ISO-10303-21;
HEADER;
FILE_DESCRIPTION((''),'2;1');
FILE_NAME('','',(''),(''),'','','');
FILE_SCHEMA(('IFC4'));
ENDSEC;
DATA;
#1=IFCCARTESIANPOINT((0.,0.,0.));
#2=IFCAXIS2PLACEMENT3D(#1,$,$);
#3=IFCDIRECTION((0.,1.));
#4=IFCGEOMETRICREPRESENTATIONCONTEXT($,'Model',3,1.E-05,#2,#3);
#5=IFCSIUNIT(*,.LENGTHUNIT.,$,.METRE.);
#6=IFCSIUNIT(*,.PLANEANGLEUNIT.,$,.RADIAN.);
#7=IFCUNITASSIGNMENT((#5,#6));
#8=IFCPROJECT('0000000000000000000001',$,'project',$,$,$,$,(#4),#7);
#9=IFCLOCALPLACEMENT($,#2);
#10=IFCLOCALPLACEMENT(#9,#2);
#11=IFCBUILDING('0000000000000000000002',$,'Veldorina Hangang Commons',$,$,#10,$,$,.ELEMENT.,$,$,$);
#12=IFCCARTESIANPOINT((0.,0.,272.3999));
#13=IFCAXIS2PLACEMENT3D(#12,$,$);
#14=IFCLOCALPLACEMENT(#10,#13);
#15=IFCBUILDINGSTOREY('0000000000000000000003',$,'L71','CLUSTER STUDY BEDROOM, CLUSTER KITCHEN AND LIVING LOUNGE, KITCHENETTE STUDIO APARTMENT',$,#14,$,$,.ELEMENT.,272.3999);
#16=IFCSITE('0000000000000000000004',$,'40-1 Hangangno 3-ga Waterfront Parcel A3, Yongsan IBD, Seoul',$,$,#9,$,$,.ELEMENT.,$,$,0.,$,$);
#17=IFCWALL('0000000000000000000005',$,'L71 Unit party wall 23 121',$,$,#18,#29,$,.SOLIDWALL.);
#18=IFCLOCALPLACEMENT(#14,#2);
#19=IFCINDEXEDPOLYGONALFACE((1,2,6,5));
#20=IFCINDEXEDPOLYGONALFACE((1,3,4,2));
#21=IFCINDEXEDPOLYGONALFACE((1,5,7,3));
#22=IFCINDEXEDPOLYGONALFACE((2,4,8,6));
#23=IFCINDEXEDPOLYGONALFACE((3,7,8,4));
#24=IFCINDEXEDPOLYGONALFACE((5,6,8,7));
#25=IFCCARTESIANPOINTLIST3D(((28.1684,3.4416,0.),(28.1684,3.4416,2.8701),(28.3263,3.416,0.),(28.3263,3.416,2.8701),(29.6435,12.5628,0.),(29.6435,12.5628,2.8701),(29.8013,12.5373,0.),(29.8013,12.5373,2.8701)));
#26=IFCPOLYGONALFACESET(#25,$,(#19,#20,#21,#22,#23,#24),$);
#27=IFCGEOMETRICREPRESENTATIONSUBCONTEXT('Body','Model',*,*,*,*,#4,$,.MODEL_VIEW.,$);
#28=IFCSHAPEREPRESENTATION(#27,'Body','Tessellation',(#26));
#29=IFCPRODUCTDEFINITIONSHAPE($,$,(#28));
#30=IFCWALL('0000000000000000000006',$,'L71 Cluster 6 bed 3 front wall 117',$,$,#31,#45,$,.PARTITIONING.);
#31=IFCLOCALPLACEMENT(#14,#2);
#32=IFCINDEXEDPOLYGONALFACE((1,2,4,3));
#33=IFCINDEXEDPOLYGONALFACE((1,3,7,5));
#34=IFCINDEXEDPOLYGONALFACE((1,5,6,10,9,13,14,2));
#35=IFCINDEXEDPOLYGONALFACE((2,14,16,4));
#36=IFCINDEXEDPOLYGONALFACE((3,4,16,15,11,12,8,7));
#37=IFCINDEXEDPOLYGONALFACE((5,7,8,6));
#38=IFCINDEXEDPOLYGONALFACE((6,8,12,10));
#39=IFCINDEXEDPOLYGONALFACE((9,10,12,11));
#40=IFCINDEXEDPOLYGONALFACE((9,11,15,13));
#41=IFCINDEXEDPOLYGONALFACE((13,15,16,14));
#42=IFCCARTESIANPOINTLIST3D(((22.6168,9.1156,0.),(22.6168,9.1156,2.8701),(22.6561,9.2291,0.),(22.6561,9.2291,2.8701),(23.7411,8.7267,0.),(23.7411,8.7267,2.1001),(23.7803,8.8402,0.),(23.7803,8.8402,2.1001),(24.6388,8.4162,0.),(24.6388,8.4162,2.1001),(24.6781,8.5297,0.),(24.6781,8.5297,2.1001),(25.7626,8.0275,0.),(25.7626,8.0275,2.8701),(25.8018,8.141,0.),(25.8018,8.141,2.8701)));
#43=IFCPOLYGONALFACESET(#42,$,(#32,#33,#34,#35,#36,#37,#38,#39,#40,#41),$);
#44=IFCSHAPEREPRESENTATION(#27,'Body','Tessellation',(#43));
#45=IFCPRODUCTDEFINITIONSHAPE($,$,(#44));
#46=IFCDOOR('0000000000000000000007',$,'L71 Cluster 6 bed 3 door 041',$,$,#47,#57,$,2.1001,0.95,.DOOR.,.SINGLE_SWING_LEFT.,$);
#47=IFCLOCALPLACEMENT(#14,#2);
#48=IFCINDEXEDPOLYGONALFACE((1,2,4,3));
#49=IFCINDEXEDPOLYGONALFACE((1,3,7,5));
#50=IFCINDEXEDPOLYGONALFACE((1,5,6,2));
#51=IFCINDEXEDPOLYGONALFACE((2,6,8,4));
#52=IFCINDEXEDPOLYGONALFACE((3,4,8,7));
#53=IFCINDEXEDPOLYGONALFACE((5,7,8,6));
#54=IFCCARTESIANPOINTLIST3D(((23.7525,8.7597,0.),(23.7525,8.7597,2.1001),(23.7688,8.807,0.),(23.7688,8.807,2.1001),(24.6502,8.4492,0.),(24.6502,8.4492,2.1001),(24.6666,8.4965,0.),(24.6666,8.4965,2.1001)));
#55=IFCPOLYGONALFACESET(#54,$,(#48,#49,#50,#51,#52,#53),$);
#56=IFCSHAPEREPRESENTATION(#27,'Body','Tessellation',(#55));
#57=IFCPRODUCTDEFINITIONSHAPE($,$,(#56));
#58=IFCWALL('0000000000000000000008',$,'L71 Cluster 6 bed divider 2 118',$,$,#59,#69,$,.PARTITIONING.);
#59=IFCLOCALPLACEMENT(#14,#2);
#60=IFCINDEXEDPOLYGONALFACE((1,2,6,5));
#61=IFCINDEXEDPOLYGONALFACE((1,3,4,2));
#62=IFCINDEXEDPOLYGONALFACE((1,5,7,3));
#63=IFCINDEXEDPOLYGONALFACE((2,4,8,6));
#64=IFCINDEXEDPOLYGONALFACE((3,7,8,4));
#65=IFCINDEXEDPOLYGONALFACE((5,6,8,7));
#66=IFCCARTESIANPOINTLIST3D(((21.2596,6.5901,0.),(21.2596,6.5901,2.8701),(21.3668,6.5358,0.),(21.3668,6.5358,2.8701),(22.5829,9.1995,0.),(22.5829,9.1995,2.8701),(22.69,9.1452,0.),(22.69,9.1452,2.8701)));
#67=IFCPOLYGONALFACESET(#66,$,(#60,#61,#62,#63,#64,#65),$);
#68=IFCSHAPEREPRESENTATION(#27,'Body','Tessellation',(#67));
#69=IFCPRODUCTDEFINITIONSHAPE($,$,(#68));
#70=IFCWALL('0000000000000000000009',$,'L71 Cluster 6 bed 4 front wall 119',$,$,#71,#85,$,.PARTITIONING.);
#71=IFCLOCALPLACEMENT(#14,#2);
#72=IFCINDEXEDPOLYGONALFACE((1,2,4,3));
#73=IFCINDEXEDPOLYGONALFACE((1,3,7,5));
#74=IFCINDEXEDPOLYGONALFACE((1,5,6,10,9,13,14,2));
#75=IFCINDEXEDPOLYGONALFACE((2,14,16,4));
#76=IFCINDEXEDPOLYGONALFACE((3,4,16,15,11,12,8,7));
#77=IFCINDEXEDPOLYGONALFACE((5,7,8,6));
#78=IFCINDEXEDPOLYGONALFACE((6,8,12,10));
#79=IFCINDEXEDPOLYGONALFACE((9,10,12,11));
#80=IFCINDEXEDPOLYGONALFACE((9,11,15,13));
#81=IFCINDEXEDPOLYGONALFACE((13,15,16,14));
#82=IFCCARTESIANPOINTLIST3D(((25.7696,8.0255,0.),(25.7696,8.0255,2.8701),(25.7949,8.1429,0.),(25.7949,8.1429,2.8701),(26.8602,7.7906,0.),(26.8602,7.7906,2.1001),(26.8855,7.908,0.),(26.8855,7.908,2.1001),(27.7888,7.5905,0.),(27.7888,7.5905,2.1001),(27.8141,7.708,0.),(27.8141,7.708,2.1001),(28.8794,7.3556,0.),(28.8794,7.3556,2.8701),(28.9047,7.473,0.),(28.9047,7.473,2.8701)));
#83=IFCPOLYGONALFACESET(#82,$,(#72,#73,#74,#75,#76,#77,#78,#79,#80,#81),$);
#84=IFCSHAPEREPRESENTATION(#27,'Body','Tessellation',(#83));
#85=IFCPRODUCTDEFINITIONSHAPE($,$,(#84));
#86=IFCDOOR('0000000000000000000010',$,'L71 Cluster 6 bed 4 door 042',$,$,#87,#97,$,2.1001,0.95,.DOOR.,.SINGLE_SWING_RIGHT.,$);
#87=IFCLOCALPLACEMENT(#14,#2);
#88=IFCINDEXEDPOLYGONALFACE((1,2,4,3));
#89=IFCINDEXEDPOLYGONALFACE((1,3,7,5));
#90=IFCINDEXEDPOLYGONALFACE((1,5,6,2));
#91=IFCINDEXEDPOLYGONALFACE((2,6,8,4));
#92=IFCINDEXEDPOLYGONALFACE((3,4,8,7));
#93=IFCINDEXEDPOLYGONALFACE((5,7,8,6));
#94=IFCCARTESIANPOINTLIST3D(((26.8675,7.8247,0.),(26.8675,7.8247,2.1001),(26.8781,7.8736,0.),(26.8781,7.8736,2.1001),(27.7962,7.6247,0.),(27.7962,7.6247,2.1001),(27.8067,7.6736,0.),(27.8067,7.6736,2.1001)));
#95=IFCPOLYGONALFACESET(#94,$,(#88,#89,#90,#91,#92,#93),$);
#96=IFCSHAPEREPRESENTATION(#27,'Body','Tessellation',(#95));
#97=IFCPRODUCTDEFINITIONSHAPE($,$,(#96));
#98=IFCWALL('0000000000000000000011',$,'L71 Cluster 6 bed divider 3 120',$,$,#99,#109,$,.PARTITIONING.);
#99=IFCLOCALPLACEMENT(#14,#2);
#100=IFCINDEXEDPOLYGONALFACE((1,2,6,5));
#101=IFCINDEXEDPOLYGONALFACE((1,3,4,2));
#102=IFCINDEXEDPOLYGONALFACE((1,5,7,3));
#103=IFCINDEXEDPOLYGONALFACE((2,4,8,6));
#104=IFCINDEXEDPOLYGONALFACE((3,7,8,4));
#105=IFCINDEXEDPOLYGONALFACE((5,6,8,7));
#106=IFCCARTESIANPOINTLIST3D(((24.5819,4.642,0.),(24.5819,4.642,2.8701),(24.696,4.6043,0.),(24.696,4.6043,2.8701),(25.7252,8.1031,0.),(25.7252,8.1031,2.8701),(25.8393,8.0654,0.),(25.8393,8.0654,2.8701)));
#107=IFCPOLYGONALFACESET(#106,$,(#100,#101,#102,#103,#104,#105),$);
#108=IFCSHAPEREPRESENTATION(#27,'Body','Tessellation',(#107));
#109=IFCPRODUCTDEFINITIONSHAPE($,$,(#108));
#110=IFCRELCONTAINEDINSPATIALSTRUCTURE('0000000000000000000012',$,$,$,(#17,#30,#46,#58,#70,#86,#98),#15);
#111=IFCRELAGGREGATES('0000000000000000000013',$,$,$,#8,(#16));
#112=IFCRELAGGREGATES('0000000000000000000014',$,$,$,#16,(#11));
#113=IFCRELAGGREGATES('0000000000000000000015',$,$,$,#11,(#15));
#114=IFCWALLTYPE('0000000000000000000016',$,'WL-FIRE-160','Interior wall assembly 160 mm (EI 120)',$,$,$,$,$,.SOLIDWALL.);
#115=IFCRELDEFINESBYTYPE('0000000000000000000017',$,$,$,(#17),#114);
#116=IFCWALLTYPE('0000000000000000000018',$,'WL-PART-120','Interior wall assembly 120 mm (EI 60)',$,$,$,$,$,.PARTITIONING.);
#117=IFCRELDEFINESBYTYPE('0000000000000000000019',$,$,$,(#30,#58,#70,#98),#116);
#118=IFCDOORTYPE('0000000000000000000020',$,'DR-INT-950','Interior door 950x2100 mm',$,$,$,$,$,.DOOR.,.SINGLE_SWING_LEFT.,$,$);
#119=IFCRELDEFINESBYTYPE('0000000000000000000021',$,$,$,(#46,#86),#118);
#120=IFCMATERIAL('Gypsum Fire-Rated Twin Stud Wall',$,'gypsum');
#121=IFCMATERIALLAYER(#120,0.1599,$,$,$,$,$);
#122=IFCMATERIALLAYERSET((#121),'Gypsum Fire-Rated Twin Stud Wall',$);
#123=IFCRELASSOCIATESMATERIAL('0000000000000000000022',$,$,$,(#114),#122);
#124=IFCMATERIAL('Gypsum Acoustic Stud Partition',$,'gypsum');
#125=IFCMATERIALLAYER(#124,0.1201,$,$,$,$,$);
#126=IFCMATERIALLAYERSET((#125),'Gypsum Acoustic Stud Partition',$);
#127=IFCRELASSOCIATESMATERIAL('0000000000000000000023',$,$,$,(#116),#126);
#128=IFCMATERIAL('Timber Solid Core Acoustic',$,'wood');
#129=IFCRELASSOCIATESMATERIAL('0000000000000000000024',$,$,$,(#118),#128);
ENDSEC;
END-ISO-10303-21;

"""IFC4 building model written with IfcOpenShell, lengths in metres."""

from ifc_helpers import new_model, si_unit, direction, frame, frame_2d, origin, place, context, subcontext, project, spatial, rectangle, extrude, material, layer, layer_set, type_object, element, fill, save


model = new_model("IFC4")

# Units and contexts
model_context = context("Model", 3, precision=1e-05, world=origin(), true_north=direction((0.0, 1.0)))
body_context = subcontext(model_context, "Body", "Model", "MODEL_VIEW")
ifc_project = project(units=[si_unit("LENGTHUNIT", "METRE"), si_unit("PLANEANGLEUNIT", "RADIAN")], contexts=[model_context])

# Site, building, storey
site_placement = place(None, origin())
site = spatial("IfcSite", under=ifc_project, at=site_placement, Name="40-1 Hangangno 3-ga Waterfront Parcel A3, Yongsan IBD, Seoul", CompositionType="ELEMENT", RefElevation=0.0)
building_placement = place(site_placement, origin())
building = spatial("IfcBuilding", under=site, at=building_placement, Name="Veldorina Hangang Commons", CompositionType="ELEMENT")
storey_placement = place(building_placement, frame((0.0, 0.0, 272.3999)))
storey = spatial("IfcBuildingStorey", under=building, at=storey_placement, Name="L71", Description="CLUSTER STUDY BEDROOM, CLUSTER KITCHEN AND LIVING LOUNGE, KITCHENETTE STUDIO APARTMENT", CompositionType="ELEMENT", Elevation=272.3999)

# Wall
ifc_material_1 = material(Name="Gypsum Fire-Rated Twin Stud Wall", Category="gypsum")
ifc_layer_1 = layer(ifc_material_1, 0.1599)
ifc_layer_set_1 = layer_set([ifc_layer_1], Name="Gypsum Fire-Rated Twin Stud Wall")
wall_type_1 = type_object("IfcWallType", Name="WL-FIRE-160", Description="Interior wall assembly 160 mm (EI 120)", PredefinedType="SOLIDWALL", material=ifc_layer_set_1)
wall_1_placement = place(storey_placement, frame((29.7224, 12.55, 0.0), z_axis=(0.0, 0.0, 1.0), x_axis=(-0.159645, -0.987174, 0.0)))
element("IfcWall", 1, at=wall_1_placement, inside=storey, type_object=wall_type_1, Name="L71 Unit party wall 23 121", PredefinedType="SOLIDWALL", context=body_context, shape_type="SweptSolid", body=[
    extrude(rectangle(XDim=9.2397, YDim=0.1599, at=frame_2d((4.6199, 0.0))), origin(), (0.0, 0.0, 1.0), 2.8701),
])

# Wall, opening, door
ifc_material_2 = material(Name="Gypsum Acoustic Stud Partition", Category="gypsum")
ifc_layer_2 = layer(ifc_material_2, 0.1201)
ifc_layer_set_2 = layer_set([ifc_layer_2], Name="Gypsum Acoustic Stud Partition")
wall_type_2 = type_object("IfcWallType", Name="WL-PART-120", Description="Interior wall assembly 120 mm (EI 60)", PredefinedType="PARTITIONING", material=ifc_layer_set_2)
wall_2_placement = place(storey_placement, frame((22.6365, 9.1724, 0.0), z_axis=(0.0, 0.0, 1.0), x_axis=(0.945058, -0.326901, 0.0)))
wall_2 = element("IfcWall", 2, at=wall_2_placement, inside=storey, type_object=wall_type_2, Name="L71 Cluster 6 bed 3 front wall 117", PredefinedType="PARTITIONING", context=body_context, shape_type="SweptSolid", body=[
    extrude(rectangle(XDim=3.3286, YDim=0.1201, at=frame_2d((1.6643, 0.0))), origin(), (0.0, 0.0, 1.0), 2.8701),
])
opening_1_placement = place(wall_2_placement, frame((1.1895, 0.0, 0.0)))
opening_1 = element("IfcOpeningElement", 3, at=opening_1_placement, cuts=wall_2, PredefinedType="OPENING", context=body_context, shape_type="SweptSolid", body=[
    extrude(rectangle(XDim=0.95, YDim=2.1001, at=frame_2d((0.4751, 1.05))), frame((0.0, 0.0701, 0.0), z_axis=(0.0, -1.0, 0.0), x_axis=(1.0, 0.0, 0.0)), (0.0, 0.0, 1.0), 0.1401),
])
ifc_material_3 = material(Name="Timber Solid Core Acoustic", Category="wood")
door_type = type_object("IfcDoorType", Name="DR-INT-950", Description="Interior door 950x2100 mm", OperationType="SINGLE_SWING_LEFT", PredefinedType="DOOR", material=ifc_material_3)
door_1_placement = place(opening_1_placement, origin())
door_1 = element("IfcDoor", 4, at=door_1_placement, inside=storey, type_object=door_type, Name="L71 Cluster 6 bed 3 door 041", OperationType="SINGLE_SWING_LEFT", OverallHeight=2.1001, OverallWidth=0.95, PredefinedType="DOOR", context=body_context, shape_type="SweptSolid", body=[
    extrude(rectangle(XDim=0.95, YDim=2.1001, at=frame_2d((0.4751, 1.05))), frame((0.0, 0.0249, 0.0), z_axis=(0.0, -1.0, 0.0), x_axis=(1.0, 0.0, 0.0)), (0.0, 0.0, 1.0), 0.05),
])
fill(opening_1, door_1)

# Wall
wall_3_placement = place(storey_placement, frame((22.6365, 9.1724, 0.0), z_axis=(0.0, 0.0, 1.0), x_axis=(-0.45228, -0.891876, 0.0)))
element("IfcWall", 5, at=wall_3_placement, inside=storey, type_object=wall_type_2, Name="L71 Cluster 6 bed divider 2 118", PredefinedType="PARTITIONING", context=body_context, shape_type="SweptSolid", body=[
    extrude(rectangle(XDim=2.9258, YDim=0.1201, at=frame_2d((1.4629, 0.0))), origin(), (0.0, 0.0, 1.0), 2.8701),
])

# Wall, opening, door
wall_4_placement = place(storey_placement, frame((25.7822, 8.0842, 0.0), z_axis=(0.0, 0.0, 1.0), x_axis=(0.977575, -0.210588, 0.0)))
wall_4 = element("IfcWall", 6, at=wall_4_placement, inside=storey, type_object=wall_type_2, Name="L71 Cluster 6 bed 4 front wall 119", PredefinedType="PARTITIONING", context=body_context, shape_type="SweptSolid", body=[
    extrude(rectangle(XDim=3.1812, YDim=0.1201, at=frame_2d((1.5906, 0.0))), origin(), (0.0, 0.0, 1.0), 2.8701),
])
opening_2_placement = place(wall_4_placement, frame((1.1155, 0.0, 0.0)))
opening_2 = element("IfcOpeningElement", 7, at=opening_2_placement, cuts=wall_4, PredefinedType="OPENING", context=body_context, shape_type="SweptSolid", body=[
    extrude(rectangle(XDim=0.95, YDim=2.1001, at=frame_2d((0.4751, 1.05))), frame((0.0, 0.0701, 0.0), z_axis=(0.0, -1.0, 0.0), x_axis=(1.0, 0.0, 0.0)), (0.0, 0.0, 1.0), 0.1401),
])
door_2_placement = place(opening_2_placement, origin())
door_2 = element("IfcDoor", 8, at=door_2_placement, inside=storey, type_object=door_type, Name="L71 Cluster 6 bed 4 door 042", OperationType="SINGLE_SWING_RIGHT", OverallHeight=2.1001, OverallWidth=0.95, PredefinedType="DOOR", context=body_context, shape_type="SweptSolid", body=[
    extrude(rectangle(XDim=0.95, YDim=2.1001, at=frame_2d((0.4751, 1.05))), frame((0.0, 0.0249, 0.0), z_axis=(0.0, -1.0, 0.0), x_axis=(1.0, 0.0, 0.0)), (0.0, 0.0, 1.0), 0.05),
])
fill(opening_2, door_2)

# Wall
wall_5_placement = place(storey_placement, frame((25.7822, 8.0842, 0.0), z_axis=(0.0, 0.0, 1.0), x_axis=(-0.313655, -0.949537, 0.0)))
element("IfcWall", 9, at=wall_5_placement, inside=storey, type_object=wall_type_2, Name="L71 Cluster 6 bed divider 3 120", PredefinedType="PARTITIONING", context=body_context, shape_type="SweptSolid", body=[
    extrude(rectangle(XDim=3.645, YDim=0.1201, at=frame_2d((1.8225, 0.0))), origin(), (0.0, 0.0, 1.0), 2.8701),
])

save(model, "model.ifc")
